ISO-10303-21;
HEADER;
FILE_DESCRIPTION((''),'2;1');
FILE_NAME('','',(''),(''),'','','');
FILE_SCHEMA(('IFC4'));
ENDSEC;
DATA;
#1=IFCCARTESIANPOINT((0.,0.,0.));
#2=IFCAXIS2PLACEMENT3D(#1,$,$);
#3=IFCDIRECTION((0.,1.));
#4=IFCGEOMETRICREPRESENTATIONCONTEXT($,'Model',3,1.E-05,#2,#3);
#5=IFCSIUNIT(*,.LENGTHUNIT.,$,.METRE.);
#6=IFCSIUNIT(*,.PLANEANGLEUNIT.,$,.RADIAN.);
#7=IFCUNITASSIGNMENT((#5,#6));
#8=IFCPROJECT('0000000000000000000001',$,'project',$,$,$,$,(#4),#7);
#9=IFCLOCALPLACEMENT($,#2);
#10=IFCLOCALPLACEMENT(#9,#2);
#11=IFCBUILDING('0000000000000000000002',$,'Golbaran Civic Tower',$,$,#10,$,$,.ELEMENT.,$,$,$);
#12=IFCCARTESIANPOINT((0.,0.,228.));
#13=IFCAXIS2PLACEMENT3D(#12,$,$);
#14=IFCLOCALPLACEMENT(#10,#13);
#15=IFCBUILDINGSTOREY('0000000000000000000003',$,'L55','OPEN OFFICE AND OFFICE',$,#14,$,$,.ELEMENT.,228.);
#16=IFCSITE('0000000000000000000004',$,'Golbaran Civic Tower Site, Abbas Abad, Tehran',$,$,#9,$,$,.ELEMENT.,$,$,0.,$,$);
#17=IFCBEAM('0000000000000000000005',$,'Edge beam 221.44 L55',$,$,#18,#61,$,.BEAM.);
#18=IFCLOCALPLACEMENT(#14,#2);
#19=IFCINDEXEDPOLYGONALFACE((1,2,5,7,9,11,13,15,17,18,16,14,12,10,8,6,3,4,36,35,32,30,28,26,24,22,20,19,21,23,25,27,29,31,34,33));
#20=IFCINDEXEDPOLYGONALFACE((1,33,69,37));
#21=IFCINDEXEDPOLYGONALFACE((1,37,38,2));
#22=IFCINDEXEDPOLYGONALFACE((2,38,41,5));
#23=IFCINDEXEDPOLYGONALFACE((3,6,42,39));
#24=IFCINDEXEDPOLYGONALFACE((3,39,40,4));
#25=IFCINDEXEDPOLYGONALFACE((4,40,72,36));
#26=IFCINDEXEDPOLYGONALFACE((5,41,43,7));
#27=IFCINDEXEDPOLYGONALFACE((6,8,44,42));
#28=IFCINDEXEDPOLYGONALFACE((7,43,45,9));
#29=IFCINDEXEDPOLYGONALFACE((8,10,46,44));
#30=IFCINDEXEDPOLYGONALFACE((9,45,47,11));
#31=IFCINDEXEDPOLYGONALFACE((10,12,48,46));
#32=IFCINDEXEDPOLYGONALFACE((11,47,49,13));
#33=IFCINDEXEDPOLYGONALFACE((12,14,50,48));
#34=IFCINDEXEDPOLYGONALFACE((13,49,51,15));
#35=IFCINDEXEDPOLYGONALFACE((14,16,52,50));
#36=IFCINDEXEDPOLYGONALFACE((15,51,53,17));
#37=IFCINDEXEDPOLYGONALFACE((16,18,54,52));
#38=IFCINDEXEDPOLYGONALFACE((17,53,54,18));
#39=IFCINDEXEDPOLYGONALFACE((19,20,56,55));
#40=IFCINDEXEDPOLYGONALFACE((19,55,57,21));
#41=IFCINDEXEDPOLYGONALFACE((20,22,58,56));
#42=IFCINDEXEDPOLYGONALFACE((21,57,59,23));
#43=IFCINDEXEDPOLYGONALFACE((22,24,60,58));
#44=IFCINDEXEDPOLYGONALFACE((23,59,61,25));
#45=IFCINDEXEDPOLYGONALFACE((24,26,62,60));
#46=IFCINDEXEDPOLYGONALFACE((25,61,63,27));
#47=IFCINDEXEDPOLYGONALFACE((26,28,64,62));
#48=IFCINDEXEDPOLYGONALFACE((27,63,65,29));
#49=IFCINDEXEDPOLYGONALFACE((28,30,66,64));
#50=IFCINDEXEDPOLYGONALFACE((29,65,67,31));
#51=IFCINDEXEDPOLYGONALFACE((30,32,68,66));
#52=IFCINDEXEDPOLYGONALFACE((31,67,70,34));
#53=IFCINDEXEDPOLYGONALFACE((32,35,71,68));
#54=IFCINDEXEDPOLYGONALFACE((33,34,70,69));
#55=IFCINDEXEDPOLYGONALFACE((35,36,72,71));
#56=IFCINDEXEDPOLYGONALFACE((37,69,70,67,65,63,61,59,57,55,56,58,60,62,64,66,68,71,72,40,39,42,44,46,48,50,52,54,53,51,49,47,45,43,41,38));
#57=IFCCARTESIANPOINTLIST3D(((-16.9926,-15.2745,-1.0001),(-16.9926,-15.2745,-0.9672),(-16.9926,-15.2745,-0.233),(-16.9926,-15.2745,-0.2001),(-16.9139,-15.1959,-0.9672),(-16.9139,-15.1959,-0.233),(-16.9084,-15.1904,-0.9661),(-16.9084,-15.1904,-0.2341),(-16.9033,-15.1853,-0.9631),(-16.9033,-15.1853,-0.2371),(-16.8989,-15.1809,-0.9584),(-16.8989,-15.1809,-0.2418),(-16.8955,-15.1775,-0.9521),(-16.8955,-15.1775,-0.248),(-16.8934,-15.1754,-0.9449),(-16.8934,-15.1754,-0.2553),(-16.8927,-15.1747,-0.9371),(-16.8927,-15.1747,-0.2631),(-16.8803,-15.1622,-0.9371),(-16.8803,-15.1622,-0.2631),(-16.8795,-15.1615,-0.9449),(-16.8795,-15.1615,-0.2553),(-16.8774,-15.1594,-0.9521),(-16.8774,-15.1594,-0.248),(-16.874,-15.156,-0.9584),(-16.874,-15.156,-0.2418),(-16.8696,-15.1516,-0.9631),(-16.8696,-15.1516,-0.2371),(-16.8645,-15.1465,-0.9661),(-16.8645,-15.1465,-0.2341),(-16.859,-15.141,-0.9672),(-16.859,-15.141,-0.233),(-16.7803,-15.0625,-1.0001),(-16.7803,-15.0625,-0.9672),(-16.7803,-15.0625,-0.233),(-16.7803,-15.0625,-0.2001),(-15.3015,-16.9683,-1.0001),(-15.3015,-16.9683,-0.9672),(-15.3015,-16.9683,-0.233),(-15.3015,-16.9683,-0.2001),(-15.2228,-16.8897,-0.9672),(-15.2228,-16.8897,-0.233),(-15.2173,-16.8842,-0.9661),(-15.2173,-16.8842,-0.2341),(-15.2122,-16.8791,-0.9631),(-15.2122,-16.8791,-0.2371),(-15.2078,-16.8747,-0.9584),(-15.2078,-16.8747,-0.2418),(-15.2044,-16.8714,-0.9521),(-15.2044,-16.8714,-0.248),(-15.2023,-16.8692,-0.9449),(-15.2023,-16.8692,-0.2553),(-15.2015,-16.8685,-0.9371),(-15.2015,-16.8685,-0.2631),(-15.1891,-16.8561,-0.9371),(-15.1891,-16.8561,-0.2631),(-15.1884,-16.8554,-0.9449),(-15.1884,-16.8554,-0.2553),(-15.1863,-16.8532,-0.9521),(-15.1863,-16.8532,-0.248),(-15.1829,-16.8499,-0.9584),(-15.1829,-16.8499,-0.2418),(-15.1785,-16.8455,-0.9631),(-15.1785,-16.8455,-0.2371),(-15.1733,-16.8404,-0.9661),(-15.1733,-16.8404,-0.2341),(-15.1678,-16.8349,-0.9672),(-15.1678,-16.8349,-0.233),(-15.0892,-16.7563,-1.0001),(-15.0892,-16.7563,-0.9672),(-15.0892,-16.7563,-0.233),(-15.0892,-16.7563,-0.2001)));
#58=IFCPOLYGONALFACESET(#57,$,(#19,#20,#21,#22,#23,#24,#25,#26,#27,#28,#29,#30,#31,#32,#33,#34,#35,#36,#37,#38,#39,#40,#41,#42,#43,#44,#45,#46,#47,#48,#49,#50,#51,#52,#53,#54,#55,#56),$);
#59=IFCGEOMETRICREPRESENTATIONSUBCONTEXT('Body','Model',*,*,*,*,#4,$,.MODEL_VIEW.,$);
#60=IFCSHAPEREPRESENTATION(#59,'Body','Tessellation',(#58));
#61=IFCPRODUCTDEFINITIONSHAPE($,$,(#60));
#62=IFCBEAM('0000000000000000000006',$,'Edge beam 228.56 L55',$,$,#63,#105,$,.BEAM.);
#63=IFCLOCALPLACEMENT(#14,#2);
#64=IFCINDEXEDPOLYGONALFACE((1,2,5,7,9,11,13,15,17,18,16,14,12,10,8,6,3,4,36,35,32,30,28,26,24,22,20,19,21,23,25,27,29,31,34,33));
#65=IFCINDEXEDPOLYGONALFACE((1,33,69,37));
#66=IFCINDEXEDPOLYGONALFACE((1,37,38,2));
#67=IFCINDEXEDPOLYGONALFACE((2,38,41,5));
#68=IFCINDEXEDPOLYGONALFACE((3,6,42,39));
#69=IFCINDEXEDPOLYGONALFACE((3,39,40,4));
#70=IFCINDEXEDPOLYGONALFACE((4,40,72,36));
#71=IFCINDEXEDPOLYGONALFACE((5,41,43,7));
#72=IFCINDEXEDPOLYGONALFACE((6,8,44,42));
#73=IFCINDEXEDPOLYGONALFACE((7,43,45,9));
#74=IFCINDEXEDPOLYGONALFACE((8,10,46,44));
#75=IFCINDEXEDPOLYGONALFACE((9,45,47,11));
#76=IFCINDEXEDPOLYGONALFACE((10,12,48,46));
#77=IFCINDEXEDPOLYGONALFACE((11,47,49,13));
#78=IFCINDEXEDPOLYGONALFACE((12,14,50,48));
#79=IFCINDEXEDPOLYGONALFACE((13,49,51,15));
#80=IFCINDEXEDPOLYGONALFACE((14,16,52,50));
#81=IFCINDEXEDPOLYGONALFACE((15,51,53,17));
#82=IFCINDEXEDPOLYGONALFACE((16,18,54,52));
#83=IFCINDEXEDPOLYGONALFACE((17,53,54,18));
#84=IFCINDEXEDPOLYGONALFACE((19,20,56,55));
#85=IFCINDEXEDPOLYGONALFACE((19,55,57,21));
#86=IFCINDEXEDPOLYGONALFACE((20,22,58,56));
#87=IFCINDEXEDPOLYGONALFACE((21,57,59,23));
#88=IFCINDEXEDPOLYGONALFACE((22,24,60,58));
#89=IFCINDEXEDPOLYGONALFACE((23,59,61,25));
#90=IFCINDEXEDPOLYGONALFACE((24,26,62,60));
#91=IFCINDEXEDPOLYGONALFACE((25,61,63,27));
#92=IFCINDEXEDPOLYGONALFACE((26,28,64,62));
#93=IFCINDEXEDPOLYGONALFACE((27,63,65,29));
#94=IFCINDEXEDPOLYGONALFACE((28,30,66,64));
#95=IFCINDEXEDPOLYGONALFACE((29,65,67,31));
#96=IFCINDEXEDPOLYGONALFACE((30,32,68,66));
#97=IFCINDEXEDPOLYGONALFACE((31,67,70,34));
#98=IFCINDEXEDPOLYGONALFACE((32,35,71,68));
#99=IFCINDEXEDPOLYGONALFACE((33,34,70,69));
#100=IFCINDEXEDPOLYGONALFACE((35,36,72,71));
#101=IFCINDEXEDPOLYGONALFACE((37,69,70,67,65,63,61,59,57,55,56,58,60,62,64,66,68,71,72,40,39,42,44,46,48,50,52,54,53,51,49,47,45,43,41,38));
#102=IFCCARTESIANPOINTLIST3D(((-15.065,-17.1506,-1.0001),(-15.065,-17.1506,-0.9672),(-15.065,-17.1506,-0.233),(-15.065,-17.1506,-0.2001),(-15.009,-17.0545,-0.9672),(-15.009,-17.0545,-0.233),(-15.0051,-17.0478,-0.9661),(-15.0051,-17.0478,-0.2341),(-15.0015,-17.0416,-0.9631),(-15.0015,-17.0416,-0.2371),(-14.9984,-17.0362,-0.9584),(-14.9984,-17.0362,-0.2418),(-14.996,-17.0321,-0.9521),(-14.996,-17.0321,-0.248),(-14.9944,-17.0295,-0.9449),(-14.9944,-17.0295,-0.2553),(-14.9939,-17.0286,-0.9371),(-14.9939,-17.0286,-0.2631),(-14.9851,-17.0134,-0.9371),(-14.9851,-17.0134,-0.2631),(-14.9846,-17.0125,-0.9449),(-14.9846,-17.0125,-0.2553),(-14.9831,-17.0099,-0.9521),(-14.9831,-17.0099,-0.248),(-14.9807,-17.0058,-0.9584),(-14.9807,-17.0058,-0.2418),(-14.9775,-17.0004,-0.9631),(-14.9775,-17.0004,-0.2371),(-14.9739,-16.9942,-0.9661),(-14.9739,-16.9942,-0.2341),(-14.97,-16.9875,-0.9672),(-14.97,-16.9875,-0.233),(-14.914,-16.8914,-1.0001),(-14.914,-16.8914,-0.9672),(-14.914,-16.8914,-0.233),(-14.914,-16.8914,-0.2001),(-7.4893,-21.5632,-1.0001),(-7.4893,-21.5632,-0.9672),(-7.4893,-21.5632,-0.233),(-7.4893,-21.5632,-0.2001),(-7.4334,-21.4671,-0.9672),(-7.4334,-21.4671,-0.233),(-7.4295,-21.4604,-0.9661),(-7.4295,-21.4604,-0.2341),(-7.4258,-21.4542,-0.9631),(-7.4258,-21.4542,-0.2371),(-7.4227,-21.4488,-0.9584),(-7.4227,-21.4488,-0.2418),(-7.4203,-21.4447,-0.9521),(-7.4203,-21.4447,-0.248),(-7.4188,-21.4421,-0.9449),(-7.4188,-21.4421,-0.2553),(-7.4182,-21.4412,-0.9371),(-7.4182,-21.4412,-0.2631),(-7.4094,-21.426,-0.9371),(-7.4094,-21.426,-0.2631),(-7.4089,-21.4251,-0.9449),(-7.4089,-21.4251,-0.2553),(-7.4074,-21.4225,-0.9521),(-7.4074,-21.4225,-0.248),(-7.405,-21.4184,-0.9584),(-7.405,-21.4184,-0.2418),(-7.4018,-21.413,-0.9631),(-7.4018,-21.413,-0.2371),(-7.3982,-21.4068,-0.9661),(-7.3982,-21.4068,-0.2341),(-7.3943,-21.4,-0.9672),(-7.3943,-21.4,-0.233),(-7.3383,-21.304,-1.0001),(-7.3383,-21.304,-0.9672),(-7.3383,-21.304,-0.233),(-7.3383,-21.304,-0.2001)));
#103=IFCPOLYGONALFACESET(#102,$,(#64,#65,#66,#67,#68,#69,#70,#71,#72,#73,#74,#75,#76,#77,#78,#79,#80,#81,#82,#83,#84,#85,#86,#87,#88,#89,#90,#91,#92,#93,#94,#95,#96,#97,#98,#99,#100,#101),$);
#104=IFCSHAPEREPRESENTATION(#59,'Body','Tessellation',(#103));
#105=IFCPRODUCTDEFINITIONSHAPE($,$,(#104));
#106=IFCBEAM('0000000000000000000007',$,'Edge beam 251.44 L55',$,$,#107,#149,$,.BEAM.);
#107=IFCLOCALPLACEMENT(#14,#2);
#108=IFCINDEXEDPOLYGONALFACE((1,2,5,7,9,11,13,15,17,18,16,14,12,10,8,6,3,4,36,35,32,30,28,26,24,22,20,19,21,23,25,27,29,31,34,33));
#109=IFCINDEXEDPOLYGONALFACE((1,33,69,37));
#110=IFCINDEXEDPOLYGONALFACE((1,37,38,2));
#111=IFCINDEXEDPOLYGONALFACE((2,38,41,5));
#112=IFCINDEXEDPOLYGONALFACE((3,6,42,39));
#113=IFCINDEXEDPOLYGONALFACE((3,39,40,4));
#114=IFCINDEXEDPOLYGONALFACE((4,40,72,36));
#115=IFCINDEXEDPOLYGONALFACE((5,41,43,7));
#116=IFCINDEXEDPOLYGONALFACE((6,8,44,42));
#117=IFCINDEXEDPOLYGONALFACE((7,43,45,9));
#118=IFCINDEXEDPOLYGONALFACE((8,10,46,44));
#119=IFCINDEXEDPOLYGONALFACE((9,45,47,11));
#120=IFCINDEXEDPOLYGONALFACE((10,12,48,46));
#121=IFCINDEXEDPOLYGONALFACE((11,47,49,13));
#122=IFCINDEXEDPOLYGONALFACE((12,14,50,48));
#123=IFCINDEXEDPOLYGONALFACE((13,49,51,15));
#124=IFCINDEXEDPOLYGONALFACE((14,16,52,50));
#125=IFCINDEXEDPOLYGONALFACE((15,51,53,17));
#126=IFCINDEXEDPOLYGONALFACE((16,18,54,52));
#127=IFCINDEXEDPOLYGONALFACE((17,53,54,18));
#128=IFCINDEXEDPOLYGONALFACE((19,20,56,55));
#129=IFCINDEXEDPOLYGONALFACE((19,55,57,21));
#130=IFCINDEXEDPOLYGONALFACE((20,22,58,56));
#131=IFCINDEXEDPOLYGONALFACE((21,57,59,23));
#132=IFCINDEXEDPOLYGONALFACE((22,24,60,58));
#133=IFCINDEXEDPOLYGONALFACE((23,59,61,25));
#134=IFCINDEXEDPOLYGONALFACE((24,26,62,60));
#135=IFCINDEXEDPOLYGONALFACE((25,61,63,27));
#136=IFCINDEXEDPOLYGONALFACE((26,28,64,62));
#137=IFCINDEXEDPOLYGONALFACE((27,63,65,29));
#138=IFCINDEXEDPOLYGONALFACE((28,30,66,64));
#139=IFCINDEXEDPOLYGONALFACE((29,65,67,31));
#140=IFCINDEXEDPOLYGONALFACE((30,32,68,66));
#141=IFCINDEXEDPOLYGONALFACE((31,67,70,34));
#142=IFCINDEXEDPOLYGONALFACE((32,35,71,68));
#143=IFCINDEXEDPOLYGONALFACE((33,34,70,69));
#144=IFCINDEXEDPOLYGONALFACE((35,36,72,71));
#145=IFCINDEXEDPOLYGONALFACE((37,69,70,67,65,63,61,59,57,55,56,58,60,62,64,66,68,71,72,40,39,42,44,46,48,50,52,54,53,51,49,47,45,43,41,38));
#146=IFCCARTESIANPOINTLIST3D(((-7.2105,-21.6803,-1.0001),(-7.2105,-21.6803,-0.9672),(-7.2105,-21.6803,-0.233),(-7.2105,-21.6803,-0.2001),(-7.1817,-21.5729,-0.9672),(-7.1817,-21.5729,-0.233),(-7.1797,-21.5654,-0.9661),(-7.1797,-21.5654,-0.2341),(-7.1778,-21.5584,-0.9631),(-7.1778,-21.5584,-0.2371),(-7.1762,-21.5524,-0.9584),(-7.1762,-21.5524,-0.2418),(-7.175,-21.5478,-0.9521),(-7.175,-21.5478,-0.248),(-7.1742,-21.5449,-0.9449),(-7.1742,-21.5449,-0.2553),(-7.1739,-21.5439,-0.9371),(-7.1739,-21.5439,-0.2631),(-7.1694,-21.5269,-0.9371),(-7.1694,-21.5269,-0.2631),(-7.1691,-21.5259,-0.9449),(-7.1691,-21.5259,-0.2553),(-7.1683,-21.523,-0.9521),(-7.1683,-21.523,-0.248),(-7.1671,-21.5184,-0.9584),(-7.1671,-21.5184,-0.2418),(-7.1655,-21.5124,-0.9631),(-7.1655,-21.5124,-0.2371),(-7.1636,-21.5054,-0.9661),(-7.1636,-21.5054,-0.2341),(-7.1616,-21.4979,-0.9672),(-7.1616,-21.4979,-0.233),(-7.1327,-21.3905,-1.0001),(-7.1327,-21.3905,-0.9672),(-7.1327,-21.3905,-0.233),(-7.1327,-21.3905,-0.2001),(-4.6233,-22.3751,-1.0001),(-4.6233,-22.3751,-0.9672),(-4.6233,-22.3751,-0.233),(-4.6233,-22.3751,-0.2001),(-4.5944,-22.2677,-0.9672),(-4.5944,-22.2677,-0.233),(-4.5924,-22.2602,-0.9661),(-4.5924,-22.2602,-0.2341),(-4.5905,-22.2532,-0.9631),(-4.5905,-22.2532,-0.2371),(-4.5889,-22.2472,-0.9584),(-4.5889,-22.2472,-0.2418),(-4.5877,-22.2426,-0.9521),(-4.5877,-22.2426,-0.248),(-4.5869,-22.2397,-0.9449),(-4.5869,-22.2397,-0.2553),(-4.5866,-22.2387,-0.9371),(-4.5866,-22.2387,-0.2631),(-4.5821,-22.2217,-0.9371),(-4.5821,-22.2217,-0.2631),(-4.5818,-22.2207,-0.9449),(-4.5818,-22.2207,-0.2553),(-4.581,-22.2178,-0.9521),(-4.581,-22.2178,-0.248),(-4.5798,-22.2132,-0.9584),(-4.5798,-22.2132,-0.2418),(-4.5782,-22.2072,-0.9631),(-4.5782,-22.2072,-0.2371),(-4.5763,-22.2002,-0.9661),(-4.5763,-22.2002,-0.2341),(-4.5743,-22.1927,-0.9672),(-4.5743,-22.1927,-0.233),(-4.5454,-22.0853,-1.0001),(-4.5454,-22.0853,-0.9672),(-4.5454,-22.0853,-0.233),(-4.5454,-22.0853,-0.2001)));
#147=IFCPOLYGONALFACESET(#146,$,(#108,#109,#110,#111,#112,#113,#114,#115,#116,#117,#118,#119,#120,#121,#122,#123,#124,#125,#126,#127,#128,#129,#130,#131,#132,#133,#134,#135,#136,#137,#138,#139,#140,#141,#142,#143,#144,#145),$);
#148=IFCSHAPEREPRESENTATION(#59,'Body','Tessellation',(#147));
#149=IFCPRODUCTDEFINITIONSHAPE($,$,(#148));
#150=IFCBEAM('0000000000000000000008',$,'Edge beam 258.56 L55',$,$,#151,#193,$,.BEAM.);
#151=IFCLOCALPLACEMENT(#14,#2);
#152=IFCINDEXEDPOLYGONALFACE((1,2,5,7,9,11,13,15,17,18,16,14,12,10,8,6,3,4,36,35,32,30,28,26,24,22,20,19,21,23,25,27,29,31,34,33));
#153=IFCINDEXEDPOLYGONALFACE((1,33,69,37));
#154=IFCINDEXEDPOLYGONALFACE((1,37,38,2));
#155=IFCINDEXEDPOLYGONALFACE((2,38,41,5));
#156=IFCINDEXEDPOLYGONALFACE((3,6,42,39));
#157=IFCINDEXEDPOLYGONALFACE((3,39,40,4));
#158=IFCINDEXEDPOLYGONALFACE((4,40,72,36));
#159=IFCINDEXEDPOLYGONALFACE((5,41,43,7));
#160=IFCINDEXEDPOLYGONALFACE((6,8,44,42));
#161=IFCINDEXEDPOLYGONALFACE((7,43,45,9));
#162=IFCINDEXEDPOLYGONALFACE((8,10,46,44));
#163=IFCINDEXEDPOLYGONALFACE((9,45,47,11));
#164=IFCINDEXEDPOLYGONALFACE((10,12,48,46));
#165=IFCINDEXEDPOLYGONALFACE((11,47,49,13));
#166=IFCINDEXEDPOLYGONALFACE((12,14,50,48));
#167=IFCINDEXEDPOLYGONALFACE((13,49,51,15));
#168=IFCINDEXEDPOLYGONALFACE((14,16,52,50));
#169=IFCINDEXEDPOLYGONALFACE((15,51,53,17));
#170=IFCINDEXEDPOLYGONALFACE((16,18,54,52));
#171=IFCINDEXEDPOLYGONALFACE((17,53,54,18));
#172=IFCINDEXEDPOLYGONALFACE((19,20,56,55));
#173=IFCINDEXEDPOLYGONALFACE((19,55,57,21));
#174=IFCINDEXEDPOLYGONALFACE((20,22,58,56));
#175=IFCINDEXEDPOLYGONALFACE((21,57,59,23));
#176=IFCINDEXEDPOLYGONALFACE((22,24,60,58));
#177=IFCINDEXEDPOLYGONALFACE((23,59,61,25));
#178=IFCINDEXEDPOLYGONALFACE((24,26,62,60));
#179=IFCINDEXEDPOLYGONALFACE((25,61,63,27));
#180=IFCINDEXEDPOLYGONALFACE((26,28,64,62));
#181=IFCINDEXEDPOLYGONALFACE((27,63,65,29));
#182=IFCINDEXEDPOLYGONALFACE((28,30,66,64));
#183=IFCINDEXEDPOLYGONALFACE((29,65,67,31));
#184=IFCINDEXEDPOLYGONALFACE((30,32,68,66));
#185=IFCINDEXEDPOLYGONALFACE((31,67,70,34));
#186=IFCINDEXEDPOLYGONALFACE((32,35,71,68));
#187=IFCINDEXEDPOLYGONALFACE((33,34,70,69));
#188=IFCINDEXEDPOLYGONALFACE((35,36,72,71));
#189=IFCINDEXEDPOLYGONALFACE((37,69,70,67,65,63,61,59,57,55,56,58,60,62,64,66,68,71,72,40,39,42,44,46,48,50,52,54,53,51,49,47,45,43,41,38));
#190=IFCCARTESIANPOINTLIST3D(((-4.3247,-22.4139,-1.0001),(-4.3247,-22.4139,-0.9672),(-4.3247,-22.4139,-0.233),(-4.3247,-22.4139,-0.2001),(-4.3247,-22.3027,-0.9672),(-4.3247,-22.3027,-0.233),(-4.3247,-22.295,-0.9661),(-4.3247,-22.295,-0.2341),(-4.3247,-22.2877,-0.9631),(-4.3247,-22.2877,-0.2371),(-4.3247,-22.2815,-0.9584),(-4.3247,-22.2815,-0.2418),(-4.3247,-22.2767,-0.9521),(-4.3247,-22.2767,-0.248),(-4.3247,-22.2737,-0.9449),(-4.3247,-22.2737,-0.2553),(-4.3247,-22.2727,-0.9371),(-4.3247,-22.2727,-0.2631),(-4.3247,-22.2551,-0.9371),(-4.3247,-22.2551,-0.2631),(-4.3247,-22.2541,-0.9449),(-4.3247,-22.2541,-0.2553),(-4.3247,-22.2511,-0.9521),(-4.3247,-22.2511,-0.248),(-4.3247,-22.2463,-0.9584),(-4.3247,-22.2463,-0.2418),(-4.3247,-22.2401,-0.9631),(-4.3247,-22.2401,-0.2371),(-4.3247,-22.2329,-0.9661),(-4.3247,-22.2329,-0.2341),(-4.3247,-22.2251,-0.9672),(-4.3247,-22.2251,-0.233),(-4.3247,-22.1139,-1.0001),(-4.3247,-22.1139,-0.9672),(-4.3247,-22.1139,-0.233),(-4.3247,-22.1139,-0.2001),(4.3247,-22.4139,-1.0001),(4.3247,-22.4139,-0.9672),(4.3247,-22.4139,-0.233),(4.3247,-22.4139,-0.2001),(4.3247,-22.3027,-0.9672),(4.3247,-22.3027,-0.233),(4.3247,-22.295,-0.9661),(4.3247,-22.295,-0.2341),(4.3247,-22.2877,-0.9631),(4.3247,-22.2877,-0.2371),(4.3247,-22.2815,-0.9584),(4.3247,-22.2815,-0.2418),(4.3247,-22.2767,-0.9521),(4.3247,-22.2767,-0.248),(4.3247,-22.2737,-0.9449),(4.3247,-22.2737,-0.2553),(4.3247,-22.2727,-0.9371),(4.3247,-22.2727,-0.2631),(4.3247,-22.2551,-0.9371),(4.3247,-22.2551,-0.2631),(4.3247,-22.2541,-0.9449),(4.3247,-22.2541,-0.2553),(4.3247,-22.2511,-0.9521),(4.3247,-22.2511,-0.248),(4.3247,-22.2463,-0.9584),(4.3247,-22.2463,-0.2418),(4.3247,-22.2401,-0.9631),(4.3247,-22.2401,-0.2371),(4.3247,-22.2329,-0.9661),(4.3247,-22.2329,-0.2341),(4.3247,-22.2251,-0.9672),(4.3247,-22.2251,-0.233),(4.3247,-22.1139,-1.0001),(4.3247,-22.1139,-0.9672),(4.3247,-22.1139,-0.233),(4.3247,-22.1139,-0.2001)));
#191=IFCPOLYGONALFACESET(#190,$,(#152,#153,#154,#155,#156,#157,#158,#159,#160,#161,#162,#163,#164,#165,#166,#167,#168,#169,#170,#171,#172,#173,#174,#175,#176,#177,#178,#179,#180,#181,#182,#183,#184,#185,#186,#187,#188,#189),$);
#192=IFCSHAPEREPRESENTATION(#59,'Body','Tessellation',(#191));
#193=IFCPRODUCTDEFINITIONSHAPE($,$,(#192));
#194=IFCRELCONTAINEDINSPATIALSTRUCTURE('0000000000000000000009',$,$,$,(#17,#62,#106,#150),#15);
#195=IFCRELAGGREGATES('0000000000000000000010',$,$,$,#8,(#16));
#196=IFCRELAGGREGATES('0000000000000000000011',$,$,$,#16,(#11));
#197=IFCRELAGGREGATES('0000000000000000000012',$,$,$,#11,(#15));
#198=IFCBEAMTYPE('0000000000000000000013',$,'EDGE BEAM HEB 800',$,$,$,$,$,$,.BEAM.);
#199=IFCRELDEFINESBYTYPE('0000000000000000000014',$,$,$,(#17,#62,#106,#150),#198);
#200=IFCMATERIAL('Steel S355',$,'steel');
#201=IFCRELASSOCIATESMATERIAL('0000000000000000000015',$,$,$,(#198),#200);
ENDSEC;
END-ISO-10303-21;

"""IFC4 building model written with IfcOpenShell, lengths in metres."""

from ifc_helpers import new_model, si_unit, direction, frame, origin, origin_2d, place, context, subcontext, project, spatial, i_section, extrude, material, material_profile, profile_set, type_object, element, save


model = new_model("IFC4")

# Units and contexts
model_context = context("Model", 3, precision=1e-05, world=origin(), true_north=direction((0.0, 1.0)))
body_context = subcontext(model_context, "Body", "Model", "MODEL_VIEW")
ifc_project = project(units=[si_unit("LENGTHUNIT", "METRE"), si_unit("PLANEANGLEUNIT", "RADIAN")], contexts=[model_context])

# Site, building, storey
site_placement = place(None, origin())
site = spatial("IfcSite", under=ifc_project, at=site_placement, Name="Golbaran Civic Tower Site, Abbas Abad, Tehran", CompositionType="ELEMENT", RefElevation=0.0)
building_placement = place(site_placement, origin())
building = spatial("IfcBuilding", under=site, at=building_placement, Name="Golbaran Civic Tower", CompositionType="ELEMENT")
storey_placement = place(building_placement, frame((0.0, 0.0, 228.0)))
storey = spatial("IfcBuildingStorey", under=building, at=storey_placement, Name="L55", Description="OPEN OFFICE AND OFFICE", CompositionType="ELEMENT", Elevation=228.0)

# Beams
ifc_material_1 = material(Name="Steel S355", Category="steel")
ifc_material_profile_1 = material_profile(ifc_material_1, i_section(OverallWidth=0.3, OverallDepth=0.8, WebThickness=0.0176, FlangeThickness=0.033, FilletRadius=0.03, at=origin_2d()), Name="HEB 800")
ifc_profile_set_1 = profile_set([ifc_material_profile_1], Name="Steel S355")
beam_type_1 = type_object("IfcBeamType", Name="EDGE BEAM HEB 800", PredefinedType="BEAM", material=ifc_profile_set_1)
beam_1_placement = place(storey_placement, frame((-16.8865, -15.1685, -0.6001), z_axis=(0.706546, -0.707668, 0.0), x_axis=(0.707668, 0.706546, 0.0)))
element("IfcBeam", 1, at=beam_1_placement, inside=storey, type_object=beam_type_1, Name="Edge beam 221.44 L55", PredefinedType="BEAM", context=body_context, shape_type="SweptSolid", body=[
    extrude(i_section(OverallWidth=0.3, OverallDepth=0.8, WebThickness=0.0176, FlangeThickness=0.033, FilletRadius=0.03, at=origin_2d()), origin(), (0.0, 0.0, 1.0), 2.3936),
])
beam_2_placement = place(storey_placement, frame((-14.9895, -17.021, -0.6001), z_axis=(0.864104, -0.503313, 0.0), x_axis=(0.503313, 0.864104, 0.0)))
element("IfcBeam", 2, at=beam_2_placement, inside=storey, type_object=beam_type_1, Name="Edge beam 228.56 L55", PredefinedType="BEAM", context=body_context, shape_type="SweptSolid", body=[
    extrude(i_section(OverallWidth=0.3, OverallDepth=0.8, WebThickness=0.0176, FlangeThickness=0.033, FilletRadius=0.03, at=origin_2d()), origin(), (0.0, 0.0, 1.0), 8.7671),
])
beam_3_placement = place(storey_placement, frame((-7.1716, -21.5354, -0.6001), z_axis=(0.965783, -0.259352, 0.0), x_axis=(0.259352, 0.965783, 0.0)))
element("IfcBeam", 3, at=beam_3_placement, inside=storey, type_object=beam_type_1, Name="Edge beam 251.44 L55", PredefinedType="BEAM", context=body_context, shape_type="SweptSolid", body=[
    extrude(i_section(OverallWidth=0.3, OverallDepth=0.8, WebThickness=0.0176, FlangeThickness=0.033, FilletRadius=0.03, at=origin_2d()), origin(), (0.0, 0.0, 1.0), 2.679),
])
beam_4_placement = place(storey_placement, frame((-4.3247, -22.2639, -0.6001), z_axis=(1.0, 0.0, 0.0), x_axis=(0.0, 1.0, 0.0)))
element("IfcBeam", 4, at=beam_4_placement, inside=storey, type_object=beam_type_1, Name="Edge beam 258.56 L55", PredefinedType="BEAM", context=body_context, shape_type="SweptSolid", body=[
    extrude(i_section(OverallWidth=0.3, OverallDepth=0.8, WebThickness=0.0176, FlangeThickness=0.033, FilletRadius=0.03, at=origin_2d()), origin(), (0.0, 0.0, 1.0), 8.6494),
])

save(model, "model.ifc")
